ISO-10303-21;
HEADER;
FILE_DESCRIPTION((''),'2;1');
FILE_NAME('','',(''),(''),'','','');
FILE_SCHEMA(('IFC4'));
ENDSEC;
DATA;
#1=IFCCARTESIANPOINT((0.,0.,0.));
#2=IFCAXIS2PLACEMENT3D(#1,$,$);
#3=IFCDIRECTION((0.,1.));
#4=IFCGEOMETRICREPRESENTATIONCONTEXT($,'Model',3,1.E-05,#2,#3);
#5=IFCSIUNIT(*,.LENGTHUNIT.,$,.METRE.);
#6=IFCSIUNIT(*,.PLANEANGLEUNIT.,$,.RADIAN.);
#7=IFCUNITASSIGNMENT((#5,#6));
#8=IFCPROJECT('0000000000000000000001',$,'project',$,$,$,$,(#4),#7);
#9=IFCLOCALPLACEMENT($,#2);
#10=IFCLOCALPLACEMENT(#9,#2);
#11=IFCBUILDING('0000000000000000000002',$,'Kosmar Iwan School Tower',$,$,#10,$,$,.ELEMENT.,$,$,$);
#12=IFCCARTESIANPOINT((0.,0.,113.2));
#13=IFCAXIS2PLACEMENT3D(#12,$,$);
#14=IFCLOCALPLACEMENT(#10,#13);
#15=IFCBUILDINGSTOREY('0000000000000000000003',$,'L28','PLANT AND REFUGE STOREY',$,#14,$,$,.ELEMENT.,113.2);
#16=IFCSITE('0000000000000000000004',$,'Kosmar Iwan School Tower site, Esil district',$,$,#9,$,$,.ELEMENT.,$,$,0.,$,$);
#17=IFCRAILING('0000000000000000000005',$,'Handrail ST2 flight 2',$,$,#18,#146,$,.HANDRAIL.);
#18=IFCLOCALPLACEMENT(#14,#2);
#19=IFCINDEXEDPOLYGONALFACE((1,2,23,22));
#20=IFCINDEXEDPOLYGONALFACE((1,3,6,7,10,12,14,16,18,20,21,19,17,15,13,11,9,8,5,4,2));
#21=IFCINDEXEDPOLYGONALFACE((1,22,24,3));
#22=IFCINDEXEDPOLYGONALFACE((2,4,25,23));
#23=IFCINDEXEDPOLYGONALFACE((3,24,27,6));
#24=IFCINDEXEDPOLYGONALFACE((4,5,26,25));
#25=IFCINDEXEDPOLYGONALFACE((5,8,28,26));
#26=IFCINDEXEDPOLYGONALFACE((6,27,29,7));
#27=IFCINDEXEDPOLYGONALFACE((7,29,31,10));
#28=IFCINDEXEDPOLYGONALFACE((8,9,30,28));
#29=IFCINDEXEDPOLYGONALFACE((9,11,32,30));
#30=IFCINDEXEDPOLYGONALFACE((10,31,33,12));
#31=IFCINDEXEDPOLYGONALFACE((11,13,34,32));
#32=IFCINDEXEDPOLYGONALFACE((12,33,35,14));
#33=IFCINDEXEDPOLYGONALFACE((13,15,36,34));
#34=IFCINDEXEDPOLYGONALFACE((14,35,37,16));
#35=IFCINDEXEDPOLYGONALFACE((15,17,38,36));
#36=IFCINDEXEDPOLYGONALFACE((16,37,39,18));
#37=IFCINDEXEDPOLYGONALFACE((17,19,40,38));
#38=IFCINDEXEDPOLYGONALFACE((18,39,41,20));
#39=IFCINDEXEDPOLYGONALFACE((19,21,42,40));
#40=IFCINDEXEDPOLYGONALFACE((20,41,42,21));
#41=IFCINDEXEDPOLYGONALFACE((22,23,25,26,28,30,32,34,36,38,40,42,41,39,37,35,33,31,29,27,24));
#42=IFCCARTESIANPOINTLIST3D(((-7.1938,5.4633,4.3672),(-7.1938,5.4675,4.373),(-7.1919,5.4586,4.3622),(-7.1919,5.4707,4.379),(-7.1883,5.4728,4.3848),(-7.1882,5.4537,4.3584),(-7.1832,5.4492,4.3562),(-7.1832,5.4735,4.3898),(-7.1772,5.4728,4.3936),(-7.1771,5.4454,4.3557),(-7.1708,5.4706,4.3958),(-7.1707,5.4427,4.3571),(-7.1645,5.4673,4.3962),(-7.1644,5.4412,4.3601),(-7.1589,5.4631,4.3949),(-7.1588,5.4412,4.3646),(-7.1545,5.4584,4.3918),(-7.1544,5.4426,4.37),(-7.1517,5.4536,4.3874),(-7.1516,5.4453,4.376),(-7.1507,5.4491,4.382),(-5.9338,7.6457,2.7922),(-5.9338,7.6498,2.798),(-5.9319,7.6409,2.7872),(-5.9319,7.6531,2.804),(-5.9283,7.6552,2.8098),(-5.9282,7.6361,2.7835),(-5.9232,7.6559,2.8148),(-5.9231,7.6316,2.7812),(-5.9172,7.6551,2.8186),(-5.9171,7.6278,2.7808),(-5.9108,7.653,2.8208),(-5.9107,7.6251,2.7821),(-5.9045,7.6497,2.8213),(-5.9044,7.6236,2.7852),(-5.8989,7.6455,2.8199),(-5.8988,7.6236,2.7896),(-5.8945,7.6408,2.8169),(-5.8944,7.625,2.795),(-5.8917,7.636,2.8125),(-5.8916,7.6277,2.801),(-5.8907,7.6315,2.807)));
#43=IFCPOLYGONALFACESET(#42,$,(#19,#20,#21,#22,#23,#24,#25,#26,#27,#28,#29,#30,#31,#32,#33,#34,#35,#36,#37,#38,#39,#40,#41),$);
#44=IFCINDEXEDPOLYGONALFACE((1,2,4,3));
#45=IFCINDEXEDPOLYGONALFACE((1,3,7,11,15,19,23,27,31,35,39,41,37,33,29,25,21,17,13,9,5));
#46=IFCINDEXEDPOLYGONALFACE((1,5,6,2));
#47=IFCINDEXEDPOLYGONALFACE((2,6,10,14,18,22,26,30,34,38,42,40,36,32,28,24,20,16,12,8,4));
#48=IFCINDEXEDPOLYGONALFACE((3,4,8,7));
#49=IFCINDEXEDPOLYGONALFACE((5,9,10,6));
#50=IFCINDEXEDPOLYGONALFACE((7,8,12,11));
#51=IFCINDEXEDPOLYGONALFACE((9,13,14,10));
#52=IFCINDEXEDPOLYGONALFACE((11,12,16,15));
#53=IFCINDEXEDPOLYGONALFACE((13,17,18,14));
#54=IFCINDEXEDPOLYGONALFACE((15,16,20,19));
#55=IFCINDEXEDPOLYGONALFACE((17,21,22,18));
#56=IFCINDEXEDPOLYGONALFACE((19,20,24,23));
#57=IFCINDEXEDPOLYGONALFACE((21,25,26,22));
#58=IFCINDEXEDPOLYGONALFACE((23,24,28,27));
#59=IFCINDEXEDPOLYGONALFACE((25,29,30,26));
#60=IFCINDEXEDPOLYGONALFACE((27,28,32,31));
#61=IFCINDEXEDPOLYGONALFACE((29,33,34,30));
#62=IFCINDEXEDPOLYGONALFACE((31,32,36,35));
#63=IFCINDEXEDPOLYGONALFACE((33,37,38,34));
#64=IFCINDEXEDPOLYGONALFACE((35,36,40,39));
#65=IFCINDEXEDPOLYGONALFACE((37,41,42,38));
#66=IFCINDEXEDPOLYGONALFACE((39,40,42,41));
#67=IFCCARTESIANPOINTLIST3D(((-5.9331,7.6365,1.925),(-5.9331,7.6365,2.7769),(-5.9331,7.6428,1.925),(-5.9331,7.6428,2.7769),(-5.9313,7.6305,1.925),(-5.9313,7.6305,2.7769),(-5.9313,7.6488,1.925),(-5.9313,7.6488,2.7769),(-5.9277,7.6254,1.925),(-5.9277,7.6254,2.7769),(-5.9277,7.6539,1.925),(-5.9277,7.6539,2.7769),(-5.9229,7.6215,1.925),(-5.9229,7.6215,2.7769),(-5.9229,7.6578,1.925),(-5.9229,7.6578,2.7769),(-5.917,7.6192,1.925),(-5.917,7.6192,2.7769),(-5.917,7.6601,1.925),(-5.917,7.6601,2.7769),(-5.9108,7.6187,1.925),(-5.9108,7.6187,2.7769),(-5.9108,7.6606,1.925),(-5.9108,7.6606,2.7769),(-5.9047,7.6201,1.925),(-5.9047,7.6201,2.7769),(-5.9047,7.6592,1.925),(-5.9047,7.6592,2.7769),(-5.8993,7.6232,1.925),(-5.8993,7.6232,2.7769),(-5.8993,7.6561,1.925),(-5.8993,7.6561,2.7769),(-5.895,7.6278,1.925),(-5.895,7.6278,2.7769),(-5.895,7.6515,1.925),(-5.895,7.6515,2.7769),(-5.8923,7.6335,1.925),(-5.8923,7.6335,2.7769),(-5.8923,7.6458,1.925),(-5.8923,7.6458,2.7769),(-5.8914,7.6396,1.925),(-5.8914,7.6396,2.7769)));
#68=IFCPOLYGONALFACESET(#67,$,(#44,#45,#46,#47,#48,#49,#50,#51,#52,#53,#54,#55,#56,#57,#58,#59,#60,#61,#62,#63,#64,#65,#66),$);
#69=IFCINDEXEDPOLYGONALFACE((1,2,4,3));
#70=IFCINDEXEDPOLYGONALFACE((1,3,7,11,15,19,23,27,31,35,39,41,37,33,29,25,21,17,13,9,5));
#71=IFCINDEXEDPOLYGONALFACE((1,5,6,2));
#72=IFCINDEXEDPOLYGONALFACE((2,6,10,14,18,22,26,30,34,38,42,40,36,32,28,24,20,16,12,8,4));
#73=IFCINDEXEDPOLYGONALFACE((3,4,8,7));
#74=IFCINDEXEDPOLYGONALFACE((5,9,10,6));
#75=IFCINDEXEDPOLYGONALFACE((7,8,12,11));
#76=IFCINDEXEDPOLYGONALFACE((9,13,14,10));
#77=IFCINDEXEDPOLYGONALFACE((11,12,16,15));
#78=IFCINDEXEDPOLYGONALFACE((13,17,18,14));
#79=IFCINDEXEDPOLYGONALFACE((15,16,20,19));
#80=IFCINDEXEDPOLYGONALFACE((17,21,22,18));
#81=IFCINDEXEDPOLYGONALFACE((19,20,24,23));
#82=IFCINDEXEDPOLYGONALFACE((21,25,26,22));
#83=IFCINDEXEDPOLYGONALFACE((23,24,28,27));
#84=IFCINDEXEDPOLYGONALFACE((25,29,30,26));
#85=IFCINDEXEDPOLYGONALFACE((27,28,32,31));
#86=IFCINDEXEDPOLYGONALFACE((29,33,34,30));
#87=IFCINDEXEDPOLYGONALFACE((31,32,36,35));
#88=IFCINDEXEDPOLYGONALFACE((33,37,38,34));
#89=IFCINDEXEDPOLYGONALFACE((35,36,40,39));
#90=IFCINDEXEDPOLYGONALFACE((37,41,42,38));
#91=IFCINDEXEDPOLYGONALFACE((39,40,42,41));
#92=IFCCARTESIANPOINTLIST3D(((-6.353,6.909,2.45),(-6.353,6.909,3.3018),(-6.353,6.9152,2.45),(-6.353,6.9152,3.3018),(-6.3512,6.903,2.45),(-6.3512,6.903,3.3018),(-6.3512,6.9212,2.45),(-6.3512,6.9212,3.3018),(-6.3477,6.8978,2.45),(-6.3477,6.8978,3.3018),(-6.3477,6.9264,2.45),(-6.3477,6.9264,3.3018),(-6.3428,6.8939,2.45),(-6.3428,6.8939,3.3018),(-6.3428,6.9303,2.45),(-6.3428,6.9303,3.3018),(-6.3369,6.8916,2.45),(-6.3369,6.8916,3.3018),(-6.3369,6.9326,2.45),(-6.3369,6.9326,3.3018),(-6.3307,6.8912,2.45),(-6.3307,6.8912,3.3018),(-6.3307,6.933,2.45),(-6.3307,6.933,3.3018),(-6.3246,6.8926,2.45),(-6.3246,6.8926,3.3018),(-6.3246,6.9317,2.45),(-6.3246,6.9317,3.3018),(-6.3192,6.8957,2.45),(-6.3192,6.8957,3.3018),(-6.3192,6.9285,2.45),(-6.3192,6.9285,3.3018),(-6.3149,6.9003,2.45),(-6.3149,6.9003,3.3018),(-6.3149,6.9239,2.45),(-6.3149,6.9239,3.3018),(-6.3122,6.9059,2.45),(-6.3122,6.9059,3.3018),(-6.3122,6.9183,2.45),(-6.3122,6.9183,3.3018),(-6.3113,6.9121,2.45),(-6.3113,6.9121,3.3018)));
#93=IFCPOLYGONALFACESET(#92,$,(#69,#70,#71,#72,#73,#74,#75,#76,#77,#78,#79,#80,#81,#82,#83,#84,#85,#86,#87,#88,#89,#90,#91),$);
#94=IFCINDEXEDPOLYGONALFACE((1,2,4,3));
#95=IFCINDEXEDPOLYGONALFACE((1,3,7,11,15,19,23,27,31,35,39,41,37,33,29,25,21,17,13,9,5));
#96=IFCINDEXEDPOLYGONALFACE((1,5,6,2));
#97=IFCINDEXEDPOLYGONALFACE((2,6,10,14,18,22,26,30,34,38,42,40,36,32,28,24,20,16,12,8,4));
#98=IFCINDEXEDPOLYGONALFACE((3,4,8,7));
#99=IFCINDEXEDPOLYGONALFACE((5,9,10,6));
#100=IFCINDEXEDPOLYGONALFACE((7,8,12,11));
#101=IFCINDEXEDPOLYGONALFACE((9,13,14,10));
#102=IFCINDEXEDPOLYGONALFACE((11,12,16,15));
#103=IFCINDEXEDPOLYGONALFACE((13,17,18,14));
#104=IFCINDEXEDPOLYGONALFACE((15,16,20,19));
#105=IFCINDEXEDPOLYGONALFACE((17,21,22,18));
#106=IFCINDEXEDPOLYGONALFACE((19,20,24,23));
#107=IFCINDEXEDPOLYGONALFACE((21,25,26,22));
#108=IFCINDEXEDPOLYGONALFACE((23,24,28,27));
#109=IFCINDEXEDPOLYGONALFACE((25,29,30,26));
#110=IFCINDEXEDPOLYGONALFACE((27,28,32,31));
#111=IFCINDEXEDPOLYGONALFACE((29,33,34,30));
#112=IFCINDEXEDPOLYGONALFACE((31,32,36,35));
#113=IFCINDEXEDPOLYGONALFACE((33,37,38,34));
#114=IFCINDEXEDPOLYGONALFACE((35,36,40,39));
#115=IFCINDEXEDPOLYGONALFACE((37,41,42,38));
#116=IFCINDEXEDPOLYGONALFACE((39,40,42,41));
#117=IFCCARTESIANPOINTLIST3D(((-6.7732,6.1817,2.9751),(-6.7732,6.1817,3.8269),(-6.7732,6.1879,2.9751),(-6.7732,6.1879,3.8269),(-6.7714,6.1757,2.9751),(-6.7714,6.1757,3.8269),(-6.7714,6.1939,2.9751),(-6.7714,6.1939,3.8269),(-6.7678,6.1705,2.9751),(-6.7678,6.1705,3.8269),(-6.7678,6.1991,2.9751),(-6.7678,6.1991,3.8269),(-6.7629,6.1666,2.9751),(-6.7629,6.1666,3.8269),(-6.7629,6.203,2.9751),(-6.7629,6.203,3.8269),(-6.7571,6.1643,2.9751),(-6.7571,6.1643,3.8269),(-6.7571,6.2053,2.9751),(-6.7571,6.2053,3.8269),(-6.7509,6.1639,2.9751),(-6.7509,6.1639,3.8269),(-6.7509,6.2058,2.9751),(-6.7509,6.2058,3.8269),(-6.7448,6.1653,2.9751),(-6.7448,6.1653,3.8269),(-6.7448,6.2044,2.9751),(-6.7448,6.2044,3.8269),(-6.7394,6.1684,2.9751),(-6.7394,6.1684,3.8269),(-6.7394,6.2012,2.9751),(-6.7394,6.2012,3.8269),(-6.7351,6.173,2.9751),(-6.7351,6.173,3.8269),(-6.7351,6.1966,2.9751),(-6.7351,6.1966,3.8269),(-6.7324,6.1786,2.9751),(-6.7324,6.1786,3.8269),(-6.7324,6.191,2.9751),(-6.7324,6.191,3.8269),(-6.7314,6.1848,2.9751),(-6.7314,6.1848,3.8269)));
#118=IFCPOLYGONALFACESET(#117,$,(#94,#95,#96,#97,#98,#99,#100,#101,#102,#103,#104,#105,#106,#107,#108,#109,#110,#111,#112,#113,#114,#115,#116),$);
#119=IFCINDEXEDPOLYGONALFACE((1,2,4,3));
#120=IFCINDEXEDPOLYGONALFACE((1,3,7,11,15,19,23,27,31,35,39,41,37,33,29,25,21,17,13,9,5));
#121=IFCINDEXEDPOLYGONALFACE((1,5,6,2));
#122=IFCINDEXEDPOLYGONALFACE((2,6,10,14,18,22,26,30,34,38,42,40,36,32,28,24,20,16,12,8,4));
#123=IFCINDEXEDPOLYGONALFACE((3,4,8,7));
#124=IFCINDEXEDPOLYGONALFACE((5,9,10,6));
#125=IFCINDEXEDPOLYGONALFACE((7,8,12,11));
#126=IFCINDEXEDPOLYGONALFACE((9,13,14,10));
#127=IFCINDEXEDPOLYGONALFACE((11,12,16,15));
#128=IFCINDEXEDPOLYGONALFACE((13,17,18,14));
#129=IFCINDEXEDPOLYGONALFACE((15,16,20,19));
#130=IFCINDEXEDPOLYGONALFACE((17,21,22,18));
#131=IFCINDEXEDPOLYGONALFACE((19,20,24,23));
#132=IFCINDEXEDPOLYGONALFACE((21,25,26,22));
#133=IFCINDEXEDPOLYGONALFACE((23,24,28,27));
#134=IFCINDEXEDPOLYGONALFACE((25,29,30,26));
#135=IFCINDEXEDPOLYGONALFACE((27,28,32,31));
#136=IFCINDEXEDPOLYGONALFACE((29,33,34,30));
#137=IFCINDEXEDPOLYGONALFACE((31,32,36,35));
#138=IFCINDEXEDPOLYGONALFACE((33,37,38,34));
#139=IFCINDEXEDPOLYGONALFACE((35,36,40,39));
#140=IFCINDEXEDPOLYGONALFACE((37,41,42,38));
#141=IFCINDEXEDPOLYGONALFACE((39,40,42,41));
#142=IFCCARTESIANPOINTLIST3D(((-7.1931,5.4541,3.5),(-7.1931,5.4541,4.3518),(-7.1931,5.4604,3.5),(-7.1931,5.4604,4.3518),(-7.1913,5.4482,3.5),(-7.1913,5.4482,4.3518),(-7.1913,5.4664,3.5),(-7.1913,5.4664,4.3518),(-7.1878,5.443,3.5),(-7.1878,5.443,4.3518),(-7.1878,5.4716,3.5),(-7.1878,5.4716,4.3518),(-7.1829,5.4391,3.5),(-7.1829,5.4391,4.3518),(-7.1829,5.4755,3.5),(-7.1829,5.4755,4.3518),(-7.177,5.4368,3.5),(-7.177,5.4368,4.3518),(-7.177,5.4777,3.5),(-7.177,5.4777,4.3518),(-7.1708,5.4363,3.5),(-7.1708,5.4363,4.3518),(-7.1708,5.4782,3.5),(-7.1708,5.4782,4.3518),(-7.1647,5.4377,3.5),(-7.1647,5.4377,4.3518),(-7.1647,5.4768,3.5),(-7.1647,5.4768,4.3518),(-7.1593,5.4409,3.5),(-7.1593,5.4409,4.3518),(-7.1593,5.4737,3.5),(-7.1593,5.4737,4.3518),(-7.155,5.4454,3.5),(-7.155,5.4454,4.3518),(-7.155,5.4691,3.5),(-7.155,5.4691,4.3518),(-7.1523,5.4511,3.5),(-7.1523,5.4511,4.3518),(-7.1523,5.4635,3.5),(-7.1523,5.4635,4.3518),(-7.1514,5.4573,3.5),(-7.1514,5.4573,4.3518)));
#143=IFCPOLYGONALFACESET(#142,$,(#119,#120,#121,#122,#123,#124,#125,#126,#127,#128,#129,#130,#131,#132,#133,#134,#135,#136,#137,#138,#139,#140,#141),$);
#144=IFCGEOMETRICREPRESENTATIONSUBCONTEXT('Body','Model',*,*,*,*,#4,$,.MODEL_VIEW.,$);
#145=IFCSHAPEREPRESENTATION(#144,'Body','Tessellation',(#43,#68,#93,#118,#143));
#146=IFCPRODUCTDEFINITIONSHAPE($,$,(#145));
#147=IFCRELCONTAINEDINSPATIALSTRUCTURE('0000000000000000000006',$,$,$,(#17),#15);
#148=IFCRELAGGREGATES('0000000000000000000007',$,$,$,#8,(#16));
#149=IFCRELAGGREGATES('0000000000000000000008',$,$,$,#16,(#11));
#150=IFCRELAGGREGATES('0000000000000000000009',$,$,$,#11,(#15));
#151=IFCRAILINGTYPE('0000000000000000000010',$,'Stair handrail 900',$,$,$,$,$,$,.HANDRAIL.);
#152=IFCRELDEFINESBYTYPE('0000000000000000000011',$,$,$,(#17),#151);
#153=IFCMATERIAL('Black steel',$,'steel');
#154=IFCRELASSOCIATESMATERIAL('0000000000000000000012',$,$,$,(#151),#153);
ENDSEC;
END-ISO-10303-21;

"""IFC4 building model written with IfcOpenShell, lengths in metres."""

from ifc_helpers import new_model, si_unit, direction, frame, origin, origin_2d, place, context, subcontext, project, spatial, circle, extrude, material, type_object, element, save


model = new_model("IFC4")

# Units and contexts
model_context = context("Model", 3, precision=1e-05, world=origin(), true_north=direction((0.0, 1.0)))
body_context = subcontext(model_context, "Body", "Model", "MODEL_VIEW")
ifc_project = project(units=[si_unit("LENGTHUNIT", "METRE"), si_unit("PLANEANGLEUNIT", "RADIAN")], contexts=[model_context])

# Site, building, storey
site_placement = place(None, origin())
site = spatial("IfcSite", under=ifc_project, at=site_placement, Name="Kosmar Iwan School Tower site, Esil district", CompositionType="ELEMENT", RefElevation=0.0)
building_placement = place(site_placement, origin())
building = spatial("IfcBuilding", under=site, at=building_placement, Name="Kosmar Iwan School Tower", CompositionType="ELEMENT")
storey_placement = place(building_placement, frame((0.0, 0.0, 113.2)))
storey = spatial("IfcBuildingStorey", under=building, at=storey_placement, Name="L28", Description="PLANT AND REFUGE STOREY", CompositionType="ELEMENT", Elevation=113.2)

# Railing
ifc_material_1 = material(Name="Black steel", Category="steel")
railing_type = type_object("IfcRailingType", Name="Stair handrail 900", PredefinedType="HANDRAIL", material=ifc_material_1)
for number, where, name in (
    (1, (-5.9124, 7.6396, 1.925), "Handrail ST2 flight 2"),
):
    element("IfcRailing", number, at=place(storey_placement, frame(where)), inside=storey, type_object=railing_type, Name=name, PredefinedType="HANDRAIL", context=body_context, shape_type="SweptSolid", body=[
        extrude(circle(Radius=0.0239, at=origin_2d()), frame((0.0, 0.0, 0.876), z_axis=(-0.424007, -0.734392, 0.529988), x_axis=(0.866023, -0.500005, 0.0)), (0.0, 0.0, 1.0), 2.9717),
        extrude(circle(Radius=0.021, at=origin_2d()), origin(), (0.0, 0.0, 1.0), 0.8518),
        extrude(circle(Radius=0.021, at=origin_2d()), frame((-0.4199, -0.7275, 0.5249)), (0.0, 0.0, 1.0), 0.8518),
        extrude(circle(Radius=0.021, at=origin_2d()), frame((-0.8401, -1.4548, 1.05)), (0.0, 0.0, 1.0), 0.8518),
        extrude(circle(Radius=0.021, at=origin_2d()), frame((-1.26, -2.1824, 1.575)), (0.0, 0.0, 1.0), 0.8518),
    ])

save(model, "model.ifc")
